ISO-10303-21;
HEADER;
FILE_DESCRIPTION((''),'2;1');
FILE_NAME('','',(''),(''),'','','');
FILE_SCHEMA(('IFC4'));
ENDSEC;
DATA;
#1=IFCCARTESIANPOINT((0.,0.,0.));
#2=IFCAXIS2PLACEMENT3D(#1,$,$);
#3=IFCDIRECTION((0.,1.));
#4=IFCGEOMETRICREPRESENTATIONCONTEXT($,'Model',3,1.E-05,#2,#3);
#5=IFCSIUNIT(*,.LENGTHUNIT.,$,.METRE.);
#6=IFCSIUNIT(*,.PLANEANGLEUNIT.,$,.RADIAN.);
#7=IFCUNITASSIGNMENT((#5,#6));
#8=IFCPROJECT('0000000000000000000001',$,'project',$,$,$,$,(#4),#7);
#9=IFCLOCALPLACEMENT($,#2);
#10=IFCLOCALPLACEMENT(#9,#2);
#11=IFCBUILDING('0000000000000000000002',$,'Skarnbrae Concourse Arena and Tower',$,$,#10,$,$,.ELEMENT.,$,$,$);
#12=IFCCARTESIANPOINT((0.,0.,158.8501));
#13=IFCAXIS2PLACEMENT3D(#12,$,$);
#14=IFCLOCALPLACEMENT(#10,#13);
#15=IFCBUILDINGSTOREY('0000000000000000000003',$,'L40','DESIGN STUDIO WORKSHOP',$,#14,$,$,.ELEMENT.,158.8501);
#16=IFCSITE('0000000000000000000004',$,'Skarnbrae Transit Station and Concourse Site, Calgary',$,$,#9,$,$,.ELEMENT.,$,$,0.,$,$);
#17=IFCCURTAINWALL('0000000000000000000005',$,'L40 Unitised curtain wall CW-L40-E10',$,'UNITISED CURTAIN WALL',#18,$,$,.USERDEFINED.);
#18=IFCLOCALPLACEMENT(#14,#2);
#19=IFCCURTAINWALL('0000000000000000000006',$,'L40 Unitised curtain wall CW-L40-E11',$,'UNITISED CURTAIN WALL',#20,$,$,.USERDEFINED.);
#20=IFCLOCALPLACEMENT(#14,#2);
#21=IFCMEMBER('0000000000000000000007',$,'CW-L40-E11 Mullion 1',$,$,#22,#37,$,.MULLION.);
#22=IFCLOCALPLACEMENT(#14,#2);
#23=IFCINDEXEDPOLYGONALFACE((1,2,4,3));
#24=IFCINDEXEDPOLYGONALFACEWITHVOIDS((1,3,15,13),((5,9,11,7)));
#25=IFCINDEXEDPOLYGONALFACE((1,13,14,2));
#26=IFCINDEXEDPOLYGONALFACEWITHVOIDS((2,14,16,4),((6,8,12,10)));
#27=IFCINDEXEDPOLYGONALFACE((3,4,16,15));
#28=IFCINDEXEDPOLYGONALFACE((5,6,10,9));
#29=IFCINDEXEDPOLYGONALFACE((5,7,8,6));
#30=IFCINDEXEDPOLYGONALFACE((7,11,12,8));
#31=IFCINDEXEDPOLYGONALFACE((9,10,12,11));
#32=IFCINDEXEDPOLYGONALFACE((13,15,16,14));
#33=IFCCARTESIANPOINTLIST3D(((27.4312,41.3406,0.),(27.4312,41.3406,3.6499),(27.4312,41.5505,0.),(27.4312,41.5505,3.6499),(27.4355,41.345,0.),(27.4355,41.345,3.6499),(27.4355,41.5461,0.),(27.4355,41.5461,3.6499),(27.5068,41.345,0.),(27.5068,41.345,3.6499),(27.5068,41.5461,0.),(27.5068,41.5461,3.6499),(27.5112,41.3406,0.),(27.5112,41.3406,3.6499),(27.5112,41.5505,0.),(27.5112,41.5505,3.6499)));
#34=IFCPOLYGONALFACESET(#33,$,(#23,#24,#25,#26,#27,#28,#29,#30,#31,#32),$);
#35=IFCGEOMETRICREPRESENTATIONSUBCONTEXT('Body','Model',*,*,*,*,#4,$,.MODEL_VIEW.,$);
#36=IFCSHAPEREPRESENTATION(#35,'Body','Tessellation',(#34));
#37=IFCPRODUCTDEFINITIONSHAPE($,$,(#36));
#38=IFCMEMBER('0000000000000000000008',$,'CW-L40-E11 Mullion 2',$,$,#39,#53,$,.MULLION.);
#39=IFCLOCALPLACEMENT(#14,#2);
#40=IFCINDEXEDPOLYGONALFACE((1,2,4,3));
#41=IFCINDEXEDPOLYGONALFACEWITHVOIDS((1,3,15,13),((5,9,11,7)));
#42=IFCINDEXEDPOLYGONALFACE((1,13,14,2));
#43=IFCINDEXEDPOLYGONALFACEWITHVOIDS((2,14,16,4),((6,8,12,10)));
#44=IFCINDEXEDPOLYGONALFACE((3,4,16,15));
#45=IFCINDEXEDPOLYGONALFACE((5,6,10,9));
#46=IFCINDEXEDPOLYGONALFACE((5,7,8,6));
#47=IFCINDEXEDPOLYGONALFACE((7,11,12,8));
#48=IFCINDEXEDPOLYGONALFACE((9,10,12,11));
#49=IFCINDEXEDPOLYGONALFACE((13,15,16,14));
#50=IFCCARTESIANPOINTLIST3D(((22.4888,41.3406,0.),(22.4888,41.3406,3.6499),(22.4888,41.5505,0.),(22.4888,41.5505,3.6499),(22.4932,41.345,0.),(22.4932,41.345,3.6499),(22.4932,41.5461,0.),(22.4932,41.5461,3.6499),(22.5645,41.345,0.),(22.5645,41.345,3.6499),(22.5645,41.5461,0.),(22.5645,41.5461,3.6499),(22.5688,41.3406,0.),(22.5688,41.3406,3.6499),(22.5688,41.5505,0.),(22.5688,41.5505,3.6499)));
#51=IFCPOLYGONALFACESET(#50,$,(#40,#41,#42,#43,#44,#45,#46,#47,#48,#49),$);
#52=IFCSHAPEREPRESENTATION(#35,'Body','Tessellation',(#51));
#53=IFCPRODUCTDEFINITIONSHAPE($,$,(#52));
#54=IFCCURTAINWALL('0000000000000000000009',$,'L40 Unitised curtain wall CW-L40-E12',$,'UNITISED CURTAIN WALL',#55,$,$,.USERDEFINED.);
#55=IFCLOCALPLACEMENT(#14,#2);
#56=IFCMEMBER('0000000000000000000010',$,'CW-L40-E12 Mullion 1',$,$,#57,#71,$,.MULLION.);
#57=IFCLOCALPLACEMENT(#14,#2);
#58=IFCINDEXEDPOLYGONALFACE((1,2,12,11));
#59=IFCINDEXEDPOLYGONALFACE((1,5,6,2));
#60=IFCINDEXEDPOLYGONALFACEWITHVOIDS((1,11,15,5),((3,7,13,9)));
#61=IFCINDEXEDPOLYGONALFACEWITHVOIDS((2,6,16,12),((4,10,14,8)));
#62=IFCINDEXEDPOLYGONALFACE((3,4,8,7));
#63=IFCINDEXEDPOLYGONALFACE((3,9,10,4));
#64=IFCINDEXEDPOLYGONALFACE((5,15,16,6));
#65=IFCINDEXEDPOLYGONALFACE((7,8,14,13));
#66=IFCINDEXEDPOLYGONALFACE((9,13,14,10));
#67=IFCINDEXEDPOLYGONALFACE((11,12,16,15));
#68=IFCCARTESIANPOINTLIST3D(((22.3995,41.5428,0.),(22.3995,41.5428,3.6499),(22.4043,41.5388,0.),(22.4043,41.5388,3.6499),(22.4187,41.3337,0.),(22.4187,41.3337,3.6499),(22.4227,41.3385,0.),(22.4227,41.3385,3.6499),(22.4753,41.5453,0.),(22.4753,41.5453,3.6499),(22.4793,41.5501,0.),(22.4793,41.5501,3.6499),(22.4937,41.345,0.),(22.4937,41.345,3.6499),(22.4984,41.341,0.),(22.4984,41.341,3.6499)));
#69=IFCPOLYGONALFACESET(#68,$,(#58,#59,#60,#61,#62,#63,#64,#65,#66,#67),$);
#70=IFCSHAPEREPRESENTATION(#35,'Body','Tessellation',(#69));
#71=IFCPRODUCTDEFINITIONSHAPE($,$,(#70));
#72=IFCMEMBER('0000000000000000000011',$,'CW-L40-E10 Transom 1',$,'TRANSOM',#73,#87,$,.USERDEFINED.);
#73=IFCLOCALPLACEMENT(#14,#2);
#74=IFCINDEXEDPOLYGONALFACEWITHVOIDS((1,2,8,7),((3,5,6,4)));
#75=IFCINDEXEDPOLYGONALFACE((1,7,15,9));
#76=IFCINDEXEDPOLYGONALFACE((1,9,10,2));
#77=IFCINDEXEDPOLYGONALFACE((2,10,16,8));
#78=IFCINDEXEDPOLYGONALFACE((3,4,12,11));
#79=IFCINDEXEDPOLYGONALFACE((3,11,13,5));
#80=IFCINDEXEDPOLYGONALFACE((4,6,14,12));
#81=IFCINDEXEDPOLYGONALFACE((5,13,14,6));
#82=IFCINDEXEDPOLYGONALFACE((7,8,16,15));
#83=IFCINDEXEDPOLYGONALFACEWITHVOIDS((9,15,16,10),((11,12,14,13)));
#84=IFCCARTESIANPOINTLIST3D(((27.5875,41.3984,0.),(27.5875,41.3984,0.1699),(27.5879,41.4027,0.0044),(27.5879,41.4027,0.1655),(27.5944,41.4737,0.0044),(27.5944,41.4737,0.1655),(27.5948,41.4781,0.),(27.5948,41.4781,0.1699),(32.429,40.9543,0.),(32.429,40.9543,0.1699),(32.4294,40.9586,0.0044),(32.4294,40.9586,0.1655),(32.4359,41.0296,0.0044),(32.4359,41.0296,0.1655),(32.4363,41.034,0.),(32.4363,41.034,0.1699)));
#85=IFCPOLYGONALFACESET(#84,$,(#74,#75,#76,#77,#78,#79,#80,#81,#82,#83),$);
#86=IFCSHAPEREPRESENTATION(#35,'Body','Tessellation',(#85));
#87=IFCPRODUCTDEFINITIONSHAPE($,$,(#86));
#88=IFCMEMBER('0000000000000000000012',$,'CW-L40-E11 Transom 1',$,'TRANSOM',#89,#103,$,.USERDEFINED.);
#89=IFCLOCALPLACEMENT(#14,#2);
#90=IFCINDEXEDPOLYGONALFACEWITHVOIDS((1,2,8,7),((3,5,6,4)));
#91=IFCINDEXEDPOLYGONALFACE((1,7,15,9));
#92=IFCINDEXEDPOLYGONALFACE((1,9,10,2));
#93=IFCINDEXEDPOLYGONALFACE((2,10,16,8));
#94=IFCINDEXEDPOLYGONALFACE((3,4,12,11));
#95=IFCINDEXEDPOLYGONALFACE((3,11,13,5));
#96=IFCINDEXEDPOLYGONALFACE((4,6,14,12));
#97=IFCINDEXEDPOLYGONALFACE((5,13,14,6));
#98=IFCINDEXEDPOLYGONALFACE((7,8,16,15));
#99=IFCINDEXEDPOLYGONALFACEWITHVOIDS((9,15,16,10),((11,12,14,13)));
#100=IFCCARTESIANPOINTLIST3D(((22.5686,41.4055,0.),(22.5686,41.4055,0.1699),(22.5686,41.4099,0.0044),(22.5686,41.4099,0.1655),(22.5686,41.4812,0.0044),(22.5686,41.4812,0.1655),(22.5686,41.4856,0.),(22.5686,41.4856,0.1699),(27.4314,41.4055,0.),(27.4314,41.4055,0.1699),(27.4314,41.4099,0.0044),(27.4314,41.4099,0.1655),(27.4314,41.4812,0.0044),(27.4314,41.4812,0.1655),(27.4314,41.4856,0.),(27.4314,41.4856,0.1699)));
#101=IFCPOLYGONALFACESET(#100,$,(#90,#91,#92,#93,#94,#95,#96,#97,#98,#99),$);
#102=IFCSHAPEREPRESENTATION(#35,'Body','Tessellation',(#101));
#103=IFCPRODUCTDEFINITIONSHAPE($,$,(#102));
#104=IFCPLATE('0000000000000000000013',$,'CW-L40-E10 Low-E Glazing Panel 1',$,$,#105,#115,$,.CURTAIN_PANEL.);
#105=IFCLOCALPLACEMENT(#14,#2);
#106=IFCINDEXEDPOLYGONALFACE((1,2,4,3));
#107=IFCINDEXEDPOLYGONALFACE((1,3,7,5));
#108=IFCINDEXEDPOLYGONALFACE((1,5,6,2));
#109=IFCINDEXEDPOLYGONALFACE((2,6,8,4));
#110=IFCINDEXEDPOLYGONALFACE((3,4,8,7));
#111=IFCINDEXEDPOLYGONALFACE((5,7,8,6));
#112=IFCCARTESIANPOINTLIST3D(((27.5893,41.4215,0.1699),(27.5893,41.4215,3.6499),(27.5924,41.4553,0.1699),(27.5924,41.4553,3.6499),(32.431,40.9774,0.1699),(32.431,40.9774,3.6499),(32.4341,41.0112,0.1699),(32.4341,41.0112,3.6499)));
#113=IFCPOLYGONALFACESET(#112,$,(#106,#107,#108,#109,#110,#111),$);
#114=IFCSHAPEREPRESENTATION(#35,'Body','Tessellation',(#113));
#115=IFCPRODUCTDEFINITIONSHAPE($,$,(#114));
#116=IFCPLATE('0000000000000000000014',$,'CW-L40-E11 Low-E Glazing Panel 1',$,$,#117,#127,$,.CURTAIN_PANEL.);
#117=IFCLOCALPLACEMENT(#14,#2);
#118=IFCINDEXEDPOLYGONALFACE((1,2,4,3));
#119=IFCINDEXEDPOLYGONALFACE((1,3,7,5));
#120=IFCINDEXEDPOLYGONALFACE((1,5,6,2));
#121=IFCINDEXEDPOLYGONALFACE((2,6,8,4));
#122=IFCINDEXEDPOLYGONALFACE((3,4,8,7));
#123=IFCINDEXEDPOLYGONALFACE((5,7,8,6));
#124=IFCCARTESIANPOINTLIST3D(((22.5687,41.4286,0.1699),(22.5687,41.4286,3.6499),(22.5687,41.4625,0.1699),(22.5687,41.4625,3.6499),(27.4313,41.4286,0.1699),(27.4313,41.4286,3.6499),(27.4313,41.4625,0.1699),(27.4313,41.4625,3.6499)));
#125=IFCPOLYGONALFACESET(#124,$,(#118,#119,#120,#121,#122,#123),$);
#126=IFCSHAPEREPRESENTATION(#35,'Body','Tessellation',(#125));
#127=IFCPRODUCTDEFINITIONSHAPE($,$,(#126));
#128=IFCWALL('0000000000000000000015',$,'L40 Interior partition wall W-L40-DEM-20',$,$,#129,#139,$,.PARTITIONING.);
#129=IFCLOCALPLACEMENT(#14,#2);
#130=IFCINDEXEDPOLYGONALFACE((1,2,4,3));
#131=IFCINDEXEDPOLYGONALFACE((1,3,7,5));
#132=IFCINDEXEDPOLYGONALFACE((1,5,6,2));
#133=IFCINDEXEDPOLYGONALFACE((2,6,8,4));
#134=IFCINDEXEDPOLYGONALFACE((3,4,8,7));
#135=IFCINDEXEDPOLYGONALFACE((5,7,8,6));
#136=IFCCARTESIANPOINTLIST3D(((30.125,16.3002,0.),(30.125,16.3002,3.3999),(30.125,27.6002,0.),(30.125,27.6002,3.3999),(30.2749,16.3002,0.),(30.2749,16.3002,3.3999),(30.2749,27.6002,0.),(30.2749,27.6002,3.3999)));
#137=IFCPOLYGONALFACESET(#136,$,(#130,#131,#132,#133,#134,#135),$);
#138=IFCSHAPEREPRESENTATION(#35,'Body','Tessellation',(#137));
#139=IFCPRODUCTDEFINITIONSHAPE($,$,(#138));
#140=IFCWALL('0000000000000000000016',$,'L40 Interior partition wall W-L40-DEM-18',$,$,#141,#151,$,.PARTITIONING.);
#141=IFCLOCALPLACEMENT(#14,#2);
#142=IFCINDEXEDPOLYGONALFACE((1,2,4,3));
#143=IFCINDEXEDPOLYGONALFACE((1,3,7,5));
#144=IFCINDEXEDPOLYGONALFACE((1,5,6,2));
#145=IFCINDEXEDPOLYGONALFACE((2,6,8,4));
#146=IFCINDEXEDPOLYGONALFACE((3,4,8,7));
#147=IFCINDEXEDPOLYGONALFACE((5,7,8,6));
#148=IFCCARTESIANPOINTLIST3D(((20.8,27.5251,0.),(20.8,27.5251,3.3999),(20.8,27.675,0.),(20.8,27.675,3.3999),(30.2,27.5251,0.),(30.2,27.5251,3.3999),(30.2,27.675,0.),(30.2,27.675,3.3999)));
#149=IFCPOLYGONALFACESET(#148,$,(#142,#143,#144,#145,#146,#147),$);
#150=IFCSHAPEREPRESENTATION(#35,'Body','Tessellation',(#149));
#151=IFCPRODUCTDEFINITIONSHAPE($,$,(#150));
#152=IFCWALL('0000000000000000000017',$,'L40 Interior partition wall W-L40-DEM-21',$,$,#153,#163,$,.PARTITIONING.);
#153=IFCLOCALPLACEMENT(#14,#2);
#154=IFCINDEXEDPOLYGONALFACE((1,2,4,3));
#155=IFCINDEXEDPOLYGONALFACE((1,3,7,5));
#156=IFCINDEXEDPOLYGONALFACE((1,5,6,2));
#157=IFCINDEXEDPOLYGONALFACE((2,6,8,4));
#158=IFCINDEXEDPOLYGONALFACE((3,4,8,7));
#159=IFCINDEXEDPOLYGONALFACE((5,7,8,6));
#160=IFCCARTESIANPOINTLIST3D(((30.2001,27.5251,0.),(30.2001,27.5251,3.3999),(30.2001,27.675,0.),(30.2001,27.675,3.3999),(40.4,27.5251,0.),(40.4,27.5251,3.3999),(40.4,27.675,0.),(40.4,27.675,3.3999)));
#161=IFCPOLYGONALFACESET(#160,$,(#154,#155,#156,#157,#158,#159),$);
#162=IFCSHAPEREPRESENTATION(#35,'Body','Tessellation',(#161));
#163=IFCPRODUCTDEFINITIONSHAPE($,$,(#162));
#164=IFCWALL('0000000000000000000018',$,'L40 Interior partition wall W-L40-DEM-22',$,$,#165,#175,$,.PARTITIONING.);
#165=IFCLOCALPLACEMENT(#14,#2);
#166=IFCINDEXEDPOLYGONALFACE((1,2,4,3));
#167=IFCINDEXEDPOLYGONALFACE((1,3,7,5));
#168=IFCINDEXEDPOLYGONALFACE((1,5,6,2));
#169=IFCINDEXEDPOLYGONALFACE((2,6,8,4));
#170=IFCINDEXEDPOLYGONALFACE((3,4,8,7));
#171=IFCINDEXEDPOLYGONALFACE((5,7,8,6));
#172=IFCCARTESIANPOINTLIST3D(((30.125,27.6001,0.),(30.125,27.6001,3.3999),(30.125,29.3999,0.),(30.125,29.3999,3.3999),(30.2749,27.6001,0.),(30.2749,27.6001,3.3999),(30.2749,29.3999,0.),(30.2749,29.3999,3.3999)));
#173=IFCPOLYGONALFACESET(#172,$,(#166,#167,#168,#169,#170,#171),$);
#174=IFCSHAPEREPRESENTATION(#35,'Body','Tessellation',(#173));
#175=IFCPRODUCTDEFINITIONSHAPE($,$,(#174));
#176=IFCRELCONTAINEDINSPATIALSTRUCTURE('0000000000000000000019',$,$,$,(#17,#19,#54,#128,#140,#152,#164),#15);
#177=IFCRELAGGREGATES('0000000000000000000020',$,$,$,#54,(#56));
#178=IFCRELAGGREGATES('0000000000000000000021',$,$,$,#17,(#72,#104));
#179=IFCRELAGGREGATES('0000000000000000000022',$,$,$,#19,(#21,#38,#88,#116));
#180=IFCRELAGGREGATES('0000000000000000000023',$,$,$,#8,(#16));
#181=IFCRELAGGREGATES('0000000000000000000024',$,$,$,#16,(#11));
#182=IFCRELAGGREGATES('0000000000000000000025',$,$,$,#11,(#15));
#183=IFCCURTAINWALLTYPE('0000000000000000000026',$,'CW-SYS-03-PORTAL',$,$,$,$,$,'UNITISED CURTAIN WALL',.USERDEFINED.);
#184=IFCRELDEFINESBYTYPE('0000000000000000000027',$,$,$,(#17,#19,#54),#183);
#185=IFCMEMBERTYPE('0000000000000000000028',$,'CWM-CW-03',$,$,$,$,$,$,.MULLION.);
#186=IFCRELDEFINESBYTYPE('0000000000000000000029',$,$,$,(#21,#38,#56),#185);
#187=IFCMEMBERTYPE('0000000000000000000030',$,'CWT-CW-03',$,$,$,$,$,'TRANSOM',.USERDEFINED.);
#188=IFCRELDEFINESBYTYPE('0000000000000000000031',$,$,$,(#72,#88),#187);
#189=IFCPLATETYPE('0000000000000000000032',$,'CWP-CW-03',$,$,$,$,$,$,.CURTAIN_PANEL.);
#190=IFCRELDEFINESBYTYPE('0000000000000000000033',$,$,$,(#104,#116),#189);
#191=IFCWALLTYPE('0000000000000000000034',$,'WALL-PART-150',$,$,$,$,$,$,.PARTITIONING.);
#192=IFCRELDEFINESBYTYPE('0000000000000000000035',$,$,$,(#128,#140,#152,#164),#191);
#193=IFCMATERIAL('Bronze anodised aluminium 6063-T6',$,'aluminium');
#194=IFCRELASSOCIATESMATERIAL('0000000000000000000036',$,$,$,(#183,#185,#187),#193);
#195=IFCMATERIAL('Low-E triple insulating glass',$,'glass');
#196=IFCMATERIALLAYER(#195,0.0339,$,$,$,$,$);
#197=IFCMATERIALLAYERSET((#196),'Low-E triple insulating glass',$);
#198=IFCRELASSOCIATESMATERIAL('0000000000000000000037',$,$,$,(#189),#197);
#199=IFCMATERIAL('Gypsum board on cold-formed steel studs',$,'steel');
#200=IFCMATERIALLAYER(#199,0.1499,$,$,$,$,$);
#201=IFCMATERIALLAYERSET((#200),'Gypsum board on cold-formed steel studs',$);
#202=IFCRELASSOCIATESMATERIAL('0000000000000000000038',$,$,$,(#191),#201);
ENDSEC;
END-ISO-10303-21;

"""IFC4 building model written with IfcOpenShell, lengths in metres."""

from ifc_helpers import new_model, si_unit, direction, frame, frame_2d, origin, origin_2d, place, context, subcontext, project, spatial, rectangle, hollow_rectangle, extrude, source, transform, mapped, material, layer, layer_set, material_profile, profile_set, type_object, element, aggregate, save


model = new_model("IFC4")

# Units and contexts
model_context = context("Model", 3, precision=1e-05, world=origin(), true_north=direction((0.0, 1.0)))
body_context = subcontext(model_context, "Body", "Model", "MODEL_VIEW")
ifc_project = project(units=[si_unit("LENGTHUNIT", "METRE"), si_unit("PLANEANGLEUNIT", "RADIAN")], contexts=[model_context])

# Site, building, storey
site_placement = place(None, origin())
site = spatial("IfcSite", under=ifc_project, at=site_placement, Name="Skarnbrae Transit Station and Concourse Site, Calgary", CompositionType="ELEMENT", RefElevation=0.0)
building_placement = place(site_placement, origin())
building = spatial("IfcBuilding", under=site, at=building_placement, Name="Skarnbrae Concourse Arena and Tower", CompositionType="ELEMENT")
storey_placement = place(building_placement, frame((0.0, 0.0, 158.8501)))
storey = spatial("IfcBuildingStorey", under=building, at=storey_placement, Name="L40", Description="DESIGN STUDIO WORKSHOP", CompositionType="ELEMENT", Elevation=158.8501)

# Shared definitions
ifc_material_1 = material(Name="Bronze anodised aluminium 6063-T6", Category="aluminium")
curtain_wall_type = type_object("IfcCurtainWallType", Name="CW-SYS-03-PORTAL", ElementType="UNITISED CURTAIN WALL", PredefinedType="USERDEFINED", material=ifc_material_1)
ifc_material_profile_1 = material_profile(ifc_material_1, hollow_rectangle(XDim=0.0801, YDim=0.21, WallThickness=0.0044, at=origin_2d()), Name="ALU-MULL-80X210")
ifc_profile_set_1 = profile_set([ifc_material_profile_1], Name="Bronze anodised aluminium 6063-T6")
member_type_1 = type_object("IfcMemberType", Name="CWM-CW-03", PredefinedType="MULLION", material=ifc_profile_set_1)
shared_shape_1 = source(origin(), body_context, "Body", "SweptSolid", [
    extrude(hollow_rectangle(XDim=0.0801, YDim=0.21, WallThickness=0.0044, at=origin_2d()), origin(), (0.0, 0.0, 1.0), 3.6499),
])

# Curtain walls, members
curtain_wall_1_placement = place(storey_placement, origin())
curtain_wall_1 = element("IfcCurtainWall", 1, at=curtain_wall_1_placement, inside=storey, type_object=curtain_wall_type, Name="L40 Unitised curtain wall CW-L40-E10", ObjectType="UNITISED CURTAIN WALL", PredefinedType="USERDEFINED")
curtain_wall_2_placement = place(storey_placement, origin())
curtain_wall_2 = element("IfcCurtainWall", 2, at=curtain_wall_2_placement, inside=storey, type_object=curtain_wall_type, Name="L40 Unitised curtain wall CW-L40-E11", ObjectType="UNITISED CURTAIN WALL", PredefinedType="USERDEFINED")
member_1_placement = place(storey_placement, frame((27.4712, 41.4456, 0.0), z_axis=(0.0, 0.0, 1.0), x_axis=(-1.0, 0.0, 0.0)))
member_1 = element("IfcMember", 3, at=member_1_placement, type_object=member_type_1, Name="CW-L40-E11 Mullion 1", PredefinedType="MULLION", context=body_context, shape_type="MappedRepresentation", body=[
    mapped(shared_shape_1, transform((0.0, 0.0, 0.0))),
])
member_2_placement = place(storey_placement, frame((22.5288, 41.4456, 0.0), z_axis=(0.0, 0.0, 1.0), x_axis=(-1.0, 0.0, 0.0)))
member_2 = element("IfcMember", 4, at=member_2_placement, type_object=member_type_1, Name="CW-L40-E11 Mullion 2", PredefinedType="MULLION", context=body_context, shape_type="MappedRepresentation", body=[
    mapped(shared_shape_1, transform((0.0, 0.0, 0.0))),
])

# Curtain wall, member
curtain_wall_3_placement = place(storey_placement, origin())
curtain_wall_3 = element("IfcCurtainWall", 5, at=curtain_wall_3_placement, inside=storey, type_object=curtain_wall_type, Name="L40 Unitised curtain wall CW-L40-E12", ObjectType="UNITISED CURTAIN WALL", PredefinedType="USERDEFINED")
member_3_placement = place(storey_placement, frame((22.449, 41.4419, 0.0), z_axis=(0.0, 0.0, 1.0), x_axis=(-0.99582, -0.091338, 0.0)))
member_3 = element("IfcMember", 6, at=member_3_placement, type_object=member_type_1, Name="CW-L40-E12 Mullion 1", PredefinedType="MULLION", context=body_context, shape_type="MappedRepresentation", body=[
    mapped(shared_shape_1, transform((0.0, 0.0, 0.0))),
])
aggregate(curtain_wall_3, [member_3])

# Members
ifc_material_profile_2 = material_profile(ifc_material_1, hollow_rectangle(XDim=0.0801, YDim=0.1699, WallThickness=0.0044, at=origin_2d()), Name="ALU-TRAN-80X170")
ifc_profile_set_2 = profile_set([ifc_material_profile_2], Name="Bronze anodised aluminium 6063-T6")
member_type_2 = type_object("IfcMemberType", Name="CWT-CW-03", ElementType="TRANSOM", PredefinedType="USERDEFINED", material=ifc_profile_set_2)
shared_shape_2 = source(origin(), body_context, "Body", "SweptSolid", [
    extrude(hollow_rectangle(XDim=0.0801, YDim=0.1699, WallThickness=0.0044, at=origin_2d()), origin(), (0.0, 0.0, 1.0), 4.8618),
])
member_4_placement = place(storey_placement, frame((32.4326, 40.9941, 0.085), z_axis=(-0.99582, 0.091342, 0.0), x_axis=(-0.091342, -0.99582, 0.0)))
member_4 = element("IfcMember", 7, at=member_4_placement, type_object=member_type_2, Name="CW-L40-E10 Transom 1", ObjectType="TRANSOM", PredefinedType="USERDEFINED", context=body_context, shape_type="MappedRepresentation", body=[
    mapped(shared_shape_2, transform((0.0, 0.0, 0.0))),
])
shared_shape_3 = source(origin(), body_context, "Body", "SweptSolid", [
    extrude(hollow_rectangle(XDim=0.0801, YDim=0.1699, WallThickness=0.0044, at=origin_2d()), origin(), (0.0, 0.0, 1.0), 4.8628),
])
member_5_placement = place(storey_placement, frame((27.4314, 41.4456, 0.085), z_axis=(-1.0, 0.0, 0.0), x_axis=(0.0, -1.0, 0.0)))
member_5 = element("IfcMember", 8, at=member_5_placement, type_object=member_type_2, Name="CW-L40-E11 Transom 1", ObjectType="TRANSOM", PredefinedType="USERDEFINED", context=body_context, shape_type="MappedRepresentation", body=[
    mapped(shared_shape_3, transform((0.0, 0.0, 0.0))),
])

# Plates
ifc_material_2 = material(Name="Low-E triple insulating glass", Category="glass")
ifc_layer_1 = layer(ifc_material_2, 0.0339)
ifc_layer_set_1 = layer_set([ifc_layer_1], Name="Low-E triple insulating glass")
plate_type = type_object("IfcPlateType", Name="CWP-CW-03", PredefinedType="CURTAIN_PANEL", material=ifc_layer_set_1)
shared_shape_4 = source(origin(), body_context, "Body", "SweptSolid", [
    extrude(rectangle(XDim=4.8621, YDim=0.0339, at=origin_2d()), origin(), (0.0, 0.0, 1.0), 3.48),
])
plate_1_placement = place(storey_placement, frame((30.0117, 41.2163, 0.1699), z_axis=(0.0, 0.0, 1.0), x_axis=(-0.99582, 0.091338, 0.0)))
plate_1 = element("IfcPlate", 9, at=plate_1_placement, type_object=plate_type, Name="CW-L40-E10 Low-E Glazing Panel 1", PredefinedType="CURTAIN_PANEL", context=body_context, shape_type="MappedRepresentation", body=[
    mapped(shared_shape_4, transform((0.0, 0.0, 0.0))),
])
aggregate(curtain_wall_1, [member_4, plate_1])
shared_shape_5 = source(origin(), body_context, "Body", "SweptSolid", [
    extrude(rectangle(XDim=4.8625, YDim=0.0339, at=origin_2d()), origin(), (0.0, 0.0, 1.0), 3.48),
])
plate_2_placement = place(storey_placement, frame((25.0, 41.4456, 0.1699), z_axis=(0.0, 0.0, 1.0), x_axis=(-1.0, 0.0, 0.0)))
plate_2 = element("IfcPlate", 10, at=plate_2_placement, type_object=plate_type, Name="CW-L40-E11 Low-E Glazing Panel 1", PredefinedType="CURTAIN_PANEL", context=body_context, shape_type="MappedRepresentation", body=[
    mapped(shared_shape_5, transform((0.0, 0.0, 0.0))),
])
aggregate(curtain_wall_2, [member_1, member_2, member_5, plate_2])

# Walls
ifc_material_3 = material(Name="Gypsum board on cold-formed steel studs", Category="steel")
ifc_layer_2 = layer(ifc_material_3, 0.1499)
ifc_layer_set_2 = layer_set([ifc_layer_2], Name="Gypsum board on cold-formed steel studs")
wall_type = type_object("IfcWallType", Name="WALL-PART-150", PredefinedType="PARTITIONING", material=ifc_layer_set_2)
shared_shape_6 = source(origin(), body_context, "Body", "SweptSolid", [
    extrude(rectangle(XDim=11.3, YDim=0.1499, at=frame_2d((5.6499, 0.0))), origin(), (0.0, 0.0, 1.0), 3.3999),
])
wall_1_placement = place(storey_placement, frame((30.2, 27.6001, 0.0), z_axis=(0.0, 0.0, 1.0), x_axis=(0.0, -1.0, 0.0)))
element("IfcWall", 11, at=wall_1_placement, inside=storey, type_object=wall_type, Name="L40 Interior partition wall W-L40-DEM-20", PredefinedType="PARTITIONING", context=body_context, shape_type="MappedRepresentation", body=[
    mapped(shared_shape_6, transform((0.0, 0.0, 0.0))),
])
shared_shape_7 = source(origin(), body_context, "Body", "SweptSolid", [
    extrude(rectangle(XDim=9.3999, YDim=0.1499, at=frame_2d((4.7, 0.0))), origin(), (0.0, 0.0, 1.0), 3.3999),
])
wall_2_placement = place(storey_placement, frame((30.2, 27.6001, 0.0), z_axis=(0.0, 0.0, 1.0), x_axis=(-1.0, 0.0, 0.0)))
element("IfcWall", 12, at=wall_2_placement, inside=storey, type_object=wall_type, Name="L40 Interior partition wall W-L40-DEM-18", PredefinedType="PARTITIONING", context=body_context, shape_type="MappedRepresentation", body=[
    mapped(shared_shape_7, transform((0.0, 0.0, 0.0))),
])
shared_shape_8 = source(origin(), body_context, "Body", "SweptSolid", [
    extrude(rectangle(XDim=10.2, YDim=0.1499, at=frame_2d((5.1001, 0.0))), origin(), (0.0, 0.0, 1.0), 3.3999),
])
wall_3_placement = place(storey_placement, frame((30.2, 27.6001, 0.0), z_axis=(0.0, 0.0, 1.0), x_axis=(1.0, 0.0, 0.0)))
element("IfcWall", 13, at=wall_3_placement, inside=storey, type_object=wall_type, Name="L40 Interior partition wall W-L40-DEM-21", PredefinedType="PARTITIONING", context=body_context, shape_type="MappedRepresentation", body=[
    mapped(shared_shape_8, transform((0.0, 0.0, 0.0))),
])
shared_shape_9 = source(origin(), body_context, "Body", "SweptSolid", [
    extrude(rectangle(XDim=1.7998, YDim=0.1499, at=frame_2d((0.8999, 0.0))), origin(), (0.0, 0.0, 1.0), 3.3999),
])
wall_4_placement = place(storey_placement, frame((30.2, 29.3999, 0.0), z_axis=(0.0, 0.0, 1.0), x_axis=(0.0, -1.0, 0.0)))
element("IfcWall", 14, at=wall_4_placement, inside=storey, type_object=wall_type, Name="L40 Interior partition wall W-L40-DEM-22", PredefinedType="PARTITIONING", context=body_context, shape_type="MappedRepresentation", body=[
    mapped(shared_shape_9, transform((0.0, 0.0, 0.0))),
])

save(model, "model.ifc")
